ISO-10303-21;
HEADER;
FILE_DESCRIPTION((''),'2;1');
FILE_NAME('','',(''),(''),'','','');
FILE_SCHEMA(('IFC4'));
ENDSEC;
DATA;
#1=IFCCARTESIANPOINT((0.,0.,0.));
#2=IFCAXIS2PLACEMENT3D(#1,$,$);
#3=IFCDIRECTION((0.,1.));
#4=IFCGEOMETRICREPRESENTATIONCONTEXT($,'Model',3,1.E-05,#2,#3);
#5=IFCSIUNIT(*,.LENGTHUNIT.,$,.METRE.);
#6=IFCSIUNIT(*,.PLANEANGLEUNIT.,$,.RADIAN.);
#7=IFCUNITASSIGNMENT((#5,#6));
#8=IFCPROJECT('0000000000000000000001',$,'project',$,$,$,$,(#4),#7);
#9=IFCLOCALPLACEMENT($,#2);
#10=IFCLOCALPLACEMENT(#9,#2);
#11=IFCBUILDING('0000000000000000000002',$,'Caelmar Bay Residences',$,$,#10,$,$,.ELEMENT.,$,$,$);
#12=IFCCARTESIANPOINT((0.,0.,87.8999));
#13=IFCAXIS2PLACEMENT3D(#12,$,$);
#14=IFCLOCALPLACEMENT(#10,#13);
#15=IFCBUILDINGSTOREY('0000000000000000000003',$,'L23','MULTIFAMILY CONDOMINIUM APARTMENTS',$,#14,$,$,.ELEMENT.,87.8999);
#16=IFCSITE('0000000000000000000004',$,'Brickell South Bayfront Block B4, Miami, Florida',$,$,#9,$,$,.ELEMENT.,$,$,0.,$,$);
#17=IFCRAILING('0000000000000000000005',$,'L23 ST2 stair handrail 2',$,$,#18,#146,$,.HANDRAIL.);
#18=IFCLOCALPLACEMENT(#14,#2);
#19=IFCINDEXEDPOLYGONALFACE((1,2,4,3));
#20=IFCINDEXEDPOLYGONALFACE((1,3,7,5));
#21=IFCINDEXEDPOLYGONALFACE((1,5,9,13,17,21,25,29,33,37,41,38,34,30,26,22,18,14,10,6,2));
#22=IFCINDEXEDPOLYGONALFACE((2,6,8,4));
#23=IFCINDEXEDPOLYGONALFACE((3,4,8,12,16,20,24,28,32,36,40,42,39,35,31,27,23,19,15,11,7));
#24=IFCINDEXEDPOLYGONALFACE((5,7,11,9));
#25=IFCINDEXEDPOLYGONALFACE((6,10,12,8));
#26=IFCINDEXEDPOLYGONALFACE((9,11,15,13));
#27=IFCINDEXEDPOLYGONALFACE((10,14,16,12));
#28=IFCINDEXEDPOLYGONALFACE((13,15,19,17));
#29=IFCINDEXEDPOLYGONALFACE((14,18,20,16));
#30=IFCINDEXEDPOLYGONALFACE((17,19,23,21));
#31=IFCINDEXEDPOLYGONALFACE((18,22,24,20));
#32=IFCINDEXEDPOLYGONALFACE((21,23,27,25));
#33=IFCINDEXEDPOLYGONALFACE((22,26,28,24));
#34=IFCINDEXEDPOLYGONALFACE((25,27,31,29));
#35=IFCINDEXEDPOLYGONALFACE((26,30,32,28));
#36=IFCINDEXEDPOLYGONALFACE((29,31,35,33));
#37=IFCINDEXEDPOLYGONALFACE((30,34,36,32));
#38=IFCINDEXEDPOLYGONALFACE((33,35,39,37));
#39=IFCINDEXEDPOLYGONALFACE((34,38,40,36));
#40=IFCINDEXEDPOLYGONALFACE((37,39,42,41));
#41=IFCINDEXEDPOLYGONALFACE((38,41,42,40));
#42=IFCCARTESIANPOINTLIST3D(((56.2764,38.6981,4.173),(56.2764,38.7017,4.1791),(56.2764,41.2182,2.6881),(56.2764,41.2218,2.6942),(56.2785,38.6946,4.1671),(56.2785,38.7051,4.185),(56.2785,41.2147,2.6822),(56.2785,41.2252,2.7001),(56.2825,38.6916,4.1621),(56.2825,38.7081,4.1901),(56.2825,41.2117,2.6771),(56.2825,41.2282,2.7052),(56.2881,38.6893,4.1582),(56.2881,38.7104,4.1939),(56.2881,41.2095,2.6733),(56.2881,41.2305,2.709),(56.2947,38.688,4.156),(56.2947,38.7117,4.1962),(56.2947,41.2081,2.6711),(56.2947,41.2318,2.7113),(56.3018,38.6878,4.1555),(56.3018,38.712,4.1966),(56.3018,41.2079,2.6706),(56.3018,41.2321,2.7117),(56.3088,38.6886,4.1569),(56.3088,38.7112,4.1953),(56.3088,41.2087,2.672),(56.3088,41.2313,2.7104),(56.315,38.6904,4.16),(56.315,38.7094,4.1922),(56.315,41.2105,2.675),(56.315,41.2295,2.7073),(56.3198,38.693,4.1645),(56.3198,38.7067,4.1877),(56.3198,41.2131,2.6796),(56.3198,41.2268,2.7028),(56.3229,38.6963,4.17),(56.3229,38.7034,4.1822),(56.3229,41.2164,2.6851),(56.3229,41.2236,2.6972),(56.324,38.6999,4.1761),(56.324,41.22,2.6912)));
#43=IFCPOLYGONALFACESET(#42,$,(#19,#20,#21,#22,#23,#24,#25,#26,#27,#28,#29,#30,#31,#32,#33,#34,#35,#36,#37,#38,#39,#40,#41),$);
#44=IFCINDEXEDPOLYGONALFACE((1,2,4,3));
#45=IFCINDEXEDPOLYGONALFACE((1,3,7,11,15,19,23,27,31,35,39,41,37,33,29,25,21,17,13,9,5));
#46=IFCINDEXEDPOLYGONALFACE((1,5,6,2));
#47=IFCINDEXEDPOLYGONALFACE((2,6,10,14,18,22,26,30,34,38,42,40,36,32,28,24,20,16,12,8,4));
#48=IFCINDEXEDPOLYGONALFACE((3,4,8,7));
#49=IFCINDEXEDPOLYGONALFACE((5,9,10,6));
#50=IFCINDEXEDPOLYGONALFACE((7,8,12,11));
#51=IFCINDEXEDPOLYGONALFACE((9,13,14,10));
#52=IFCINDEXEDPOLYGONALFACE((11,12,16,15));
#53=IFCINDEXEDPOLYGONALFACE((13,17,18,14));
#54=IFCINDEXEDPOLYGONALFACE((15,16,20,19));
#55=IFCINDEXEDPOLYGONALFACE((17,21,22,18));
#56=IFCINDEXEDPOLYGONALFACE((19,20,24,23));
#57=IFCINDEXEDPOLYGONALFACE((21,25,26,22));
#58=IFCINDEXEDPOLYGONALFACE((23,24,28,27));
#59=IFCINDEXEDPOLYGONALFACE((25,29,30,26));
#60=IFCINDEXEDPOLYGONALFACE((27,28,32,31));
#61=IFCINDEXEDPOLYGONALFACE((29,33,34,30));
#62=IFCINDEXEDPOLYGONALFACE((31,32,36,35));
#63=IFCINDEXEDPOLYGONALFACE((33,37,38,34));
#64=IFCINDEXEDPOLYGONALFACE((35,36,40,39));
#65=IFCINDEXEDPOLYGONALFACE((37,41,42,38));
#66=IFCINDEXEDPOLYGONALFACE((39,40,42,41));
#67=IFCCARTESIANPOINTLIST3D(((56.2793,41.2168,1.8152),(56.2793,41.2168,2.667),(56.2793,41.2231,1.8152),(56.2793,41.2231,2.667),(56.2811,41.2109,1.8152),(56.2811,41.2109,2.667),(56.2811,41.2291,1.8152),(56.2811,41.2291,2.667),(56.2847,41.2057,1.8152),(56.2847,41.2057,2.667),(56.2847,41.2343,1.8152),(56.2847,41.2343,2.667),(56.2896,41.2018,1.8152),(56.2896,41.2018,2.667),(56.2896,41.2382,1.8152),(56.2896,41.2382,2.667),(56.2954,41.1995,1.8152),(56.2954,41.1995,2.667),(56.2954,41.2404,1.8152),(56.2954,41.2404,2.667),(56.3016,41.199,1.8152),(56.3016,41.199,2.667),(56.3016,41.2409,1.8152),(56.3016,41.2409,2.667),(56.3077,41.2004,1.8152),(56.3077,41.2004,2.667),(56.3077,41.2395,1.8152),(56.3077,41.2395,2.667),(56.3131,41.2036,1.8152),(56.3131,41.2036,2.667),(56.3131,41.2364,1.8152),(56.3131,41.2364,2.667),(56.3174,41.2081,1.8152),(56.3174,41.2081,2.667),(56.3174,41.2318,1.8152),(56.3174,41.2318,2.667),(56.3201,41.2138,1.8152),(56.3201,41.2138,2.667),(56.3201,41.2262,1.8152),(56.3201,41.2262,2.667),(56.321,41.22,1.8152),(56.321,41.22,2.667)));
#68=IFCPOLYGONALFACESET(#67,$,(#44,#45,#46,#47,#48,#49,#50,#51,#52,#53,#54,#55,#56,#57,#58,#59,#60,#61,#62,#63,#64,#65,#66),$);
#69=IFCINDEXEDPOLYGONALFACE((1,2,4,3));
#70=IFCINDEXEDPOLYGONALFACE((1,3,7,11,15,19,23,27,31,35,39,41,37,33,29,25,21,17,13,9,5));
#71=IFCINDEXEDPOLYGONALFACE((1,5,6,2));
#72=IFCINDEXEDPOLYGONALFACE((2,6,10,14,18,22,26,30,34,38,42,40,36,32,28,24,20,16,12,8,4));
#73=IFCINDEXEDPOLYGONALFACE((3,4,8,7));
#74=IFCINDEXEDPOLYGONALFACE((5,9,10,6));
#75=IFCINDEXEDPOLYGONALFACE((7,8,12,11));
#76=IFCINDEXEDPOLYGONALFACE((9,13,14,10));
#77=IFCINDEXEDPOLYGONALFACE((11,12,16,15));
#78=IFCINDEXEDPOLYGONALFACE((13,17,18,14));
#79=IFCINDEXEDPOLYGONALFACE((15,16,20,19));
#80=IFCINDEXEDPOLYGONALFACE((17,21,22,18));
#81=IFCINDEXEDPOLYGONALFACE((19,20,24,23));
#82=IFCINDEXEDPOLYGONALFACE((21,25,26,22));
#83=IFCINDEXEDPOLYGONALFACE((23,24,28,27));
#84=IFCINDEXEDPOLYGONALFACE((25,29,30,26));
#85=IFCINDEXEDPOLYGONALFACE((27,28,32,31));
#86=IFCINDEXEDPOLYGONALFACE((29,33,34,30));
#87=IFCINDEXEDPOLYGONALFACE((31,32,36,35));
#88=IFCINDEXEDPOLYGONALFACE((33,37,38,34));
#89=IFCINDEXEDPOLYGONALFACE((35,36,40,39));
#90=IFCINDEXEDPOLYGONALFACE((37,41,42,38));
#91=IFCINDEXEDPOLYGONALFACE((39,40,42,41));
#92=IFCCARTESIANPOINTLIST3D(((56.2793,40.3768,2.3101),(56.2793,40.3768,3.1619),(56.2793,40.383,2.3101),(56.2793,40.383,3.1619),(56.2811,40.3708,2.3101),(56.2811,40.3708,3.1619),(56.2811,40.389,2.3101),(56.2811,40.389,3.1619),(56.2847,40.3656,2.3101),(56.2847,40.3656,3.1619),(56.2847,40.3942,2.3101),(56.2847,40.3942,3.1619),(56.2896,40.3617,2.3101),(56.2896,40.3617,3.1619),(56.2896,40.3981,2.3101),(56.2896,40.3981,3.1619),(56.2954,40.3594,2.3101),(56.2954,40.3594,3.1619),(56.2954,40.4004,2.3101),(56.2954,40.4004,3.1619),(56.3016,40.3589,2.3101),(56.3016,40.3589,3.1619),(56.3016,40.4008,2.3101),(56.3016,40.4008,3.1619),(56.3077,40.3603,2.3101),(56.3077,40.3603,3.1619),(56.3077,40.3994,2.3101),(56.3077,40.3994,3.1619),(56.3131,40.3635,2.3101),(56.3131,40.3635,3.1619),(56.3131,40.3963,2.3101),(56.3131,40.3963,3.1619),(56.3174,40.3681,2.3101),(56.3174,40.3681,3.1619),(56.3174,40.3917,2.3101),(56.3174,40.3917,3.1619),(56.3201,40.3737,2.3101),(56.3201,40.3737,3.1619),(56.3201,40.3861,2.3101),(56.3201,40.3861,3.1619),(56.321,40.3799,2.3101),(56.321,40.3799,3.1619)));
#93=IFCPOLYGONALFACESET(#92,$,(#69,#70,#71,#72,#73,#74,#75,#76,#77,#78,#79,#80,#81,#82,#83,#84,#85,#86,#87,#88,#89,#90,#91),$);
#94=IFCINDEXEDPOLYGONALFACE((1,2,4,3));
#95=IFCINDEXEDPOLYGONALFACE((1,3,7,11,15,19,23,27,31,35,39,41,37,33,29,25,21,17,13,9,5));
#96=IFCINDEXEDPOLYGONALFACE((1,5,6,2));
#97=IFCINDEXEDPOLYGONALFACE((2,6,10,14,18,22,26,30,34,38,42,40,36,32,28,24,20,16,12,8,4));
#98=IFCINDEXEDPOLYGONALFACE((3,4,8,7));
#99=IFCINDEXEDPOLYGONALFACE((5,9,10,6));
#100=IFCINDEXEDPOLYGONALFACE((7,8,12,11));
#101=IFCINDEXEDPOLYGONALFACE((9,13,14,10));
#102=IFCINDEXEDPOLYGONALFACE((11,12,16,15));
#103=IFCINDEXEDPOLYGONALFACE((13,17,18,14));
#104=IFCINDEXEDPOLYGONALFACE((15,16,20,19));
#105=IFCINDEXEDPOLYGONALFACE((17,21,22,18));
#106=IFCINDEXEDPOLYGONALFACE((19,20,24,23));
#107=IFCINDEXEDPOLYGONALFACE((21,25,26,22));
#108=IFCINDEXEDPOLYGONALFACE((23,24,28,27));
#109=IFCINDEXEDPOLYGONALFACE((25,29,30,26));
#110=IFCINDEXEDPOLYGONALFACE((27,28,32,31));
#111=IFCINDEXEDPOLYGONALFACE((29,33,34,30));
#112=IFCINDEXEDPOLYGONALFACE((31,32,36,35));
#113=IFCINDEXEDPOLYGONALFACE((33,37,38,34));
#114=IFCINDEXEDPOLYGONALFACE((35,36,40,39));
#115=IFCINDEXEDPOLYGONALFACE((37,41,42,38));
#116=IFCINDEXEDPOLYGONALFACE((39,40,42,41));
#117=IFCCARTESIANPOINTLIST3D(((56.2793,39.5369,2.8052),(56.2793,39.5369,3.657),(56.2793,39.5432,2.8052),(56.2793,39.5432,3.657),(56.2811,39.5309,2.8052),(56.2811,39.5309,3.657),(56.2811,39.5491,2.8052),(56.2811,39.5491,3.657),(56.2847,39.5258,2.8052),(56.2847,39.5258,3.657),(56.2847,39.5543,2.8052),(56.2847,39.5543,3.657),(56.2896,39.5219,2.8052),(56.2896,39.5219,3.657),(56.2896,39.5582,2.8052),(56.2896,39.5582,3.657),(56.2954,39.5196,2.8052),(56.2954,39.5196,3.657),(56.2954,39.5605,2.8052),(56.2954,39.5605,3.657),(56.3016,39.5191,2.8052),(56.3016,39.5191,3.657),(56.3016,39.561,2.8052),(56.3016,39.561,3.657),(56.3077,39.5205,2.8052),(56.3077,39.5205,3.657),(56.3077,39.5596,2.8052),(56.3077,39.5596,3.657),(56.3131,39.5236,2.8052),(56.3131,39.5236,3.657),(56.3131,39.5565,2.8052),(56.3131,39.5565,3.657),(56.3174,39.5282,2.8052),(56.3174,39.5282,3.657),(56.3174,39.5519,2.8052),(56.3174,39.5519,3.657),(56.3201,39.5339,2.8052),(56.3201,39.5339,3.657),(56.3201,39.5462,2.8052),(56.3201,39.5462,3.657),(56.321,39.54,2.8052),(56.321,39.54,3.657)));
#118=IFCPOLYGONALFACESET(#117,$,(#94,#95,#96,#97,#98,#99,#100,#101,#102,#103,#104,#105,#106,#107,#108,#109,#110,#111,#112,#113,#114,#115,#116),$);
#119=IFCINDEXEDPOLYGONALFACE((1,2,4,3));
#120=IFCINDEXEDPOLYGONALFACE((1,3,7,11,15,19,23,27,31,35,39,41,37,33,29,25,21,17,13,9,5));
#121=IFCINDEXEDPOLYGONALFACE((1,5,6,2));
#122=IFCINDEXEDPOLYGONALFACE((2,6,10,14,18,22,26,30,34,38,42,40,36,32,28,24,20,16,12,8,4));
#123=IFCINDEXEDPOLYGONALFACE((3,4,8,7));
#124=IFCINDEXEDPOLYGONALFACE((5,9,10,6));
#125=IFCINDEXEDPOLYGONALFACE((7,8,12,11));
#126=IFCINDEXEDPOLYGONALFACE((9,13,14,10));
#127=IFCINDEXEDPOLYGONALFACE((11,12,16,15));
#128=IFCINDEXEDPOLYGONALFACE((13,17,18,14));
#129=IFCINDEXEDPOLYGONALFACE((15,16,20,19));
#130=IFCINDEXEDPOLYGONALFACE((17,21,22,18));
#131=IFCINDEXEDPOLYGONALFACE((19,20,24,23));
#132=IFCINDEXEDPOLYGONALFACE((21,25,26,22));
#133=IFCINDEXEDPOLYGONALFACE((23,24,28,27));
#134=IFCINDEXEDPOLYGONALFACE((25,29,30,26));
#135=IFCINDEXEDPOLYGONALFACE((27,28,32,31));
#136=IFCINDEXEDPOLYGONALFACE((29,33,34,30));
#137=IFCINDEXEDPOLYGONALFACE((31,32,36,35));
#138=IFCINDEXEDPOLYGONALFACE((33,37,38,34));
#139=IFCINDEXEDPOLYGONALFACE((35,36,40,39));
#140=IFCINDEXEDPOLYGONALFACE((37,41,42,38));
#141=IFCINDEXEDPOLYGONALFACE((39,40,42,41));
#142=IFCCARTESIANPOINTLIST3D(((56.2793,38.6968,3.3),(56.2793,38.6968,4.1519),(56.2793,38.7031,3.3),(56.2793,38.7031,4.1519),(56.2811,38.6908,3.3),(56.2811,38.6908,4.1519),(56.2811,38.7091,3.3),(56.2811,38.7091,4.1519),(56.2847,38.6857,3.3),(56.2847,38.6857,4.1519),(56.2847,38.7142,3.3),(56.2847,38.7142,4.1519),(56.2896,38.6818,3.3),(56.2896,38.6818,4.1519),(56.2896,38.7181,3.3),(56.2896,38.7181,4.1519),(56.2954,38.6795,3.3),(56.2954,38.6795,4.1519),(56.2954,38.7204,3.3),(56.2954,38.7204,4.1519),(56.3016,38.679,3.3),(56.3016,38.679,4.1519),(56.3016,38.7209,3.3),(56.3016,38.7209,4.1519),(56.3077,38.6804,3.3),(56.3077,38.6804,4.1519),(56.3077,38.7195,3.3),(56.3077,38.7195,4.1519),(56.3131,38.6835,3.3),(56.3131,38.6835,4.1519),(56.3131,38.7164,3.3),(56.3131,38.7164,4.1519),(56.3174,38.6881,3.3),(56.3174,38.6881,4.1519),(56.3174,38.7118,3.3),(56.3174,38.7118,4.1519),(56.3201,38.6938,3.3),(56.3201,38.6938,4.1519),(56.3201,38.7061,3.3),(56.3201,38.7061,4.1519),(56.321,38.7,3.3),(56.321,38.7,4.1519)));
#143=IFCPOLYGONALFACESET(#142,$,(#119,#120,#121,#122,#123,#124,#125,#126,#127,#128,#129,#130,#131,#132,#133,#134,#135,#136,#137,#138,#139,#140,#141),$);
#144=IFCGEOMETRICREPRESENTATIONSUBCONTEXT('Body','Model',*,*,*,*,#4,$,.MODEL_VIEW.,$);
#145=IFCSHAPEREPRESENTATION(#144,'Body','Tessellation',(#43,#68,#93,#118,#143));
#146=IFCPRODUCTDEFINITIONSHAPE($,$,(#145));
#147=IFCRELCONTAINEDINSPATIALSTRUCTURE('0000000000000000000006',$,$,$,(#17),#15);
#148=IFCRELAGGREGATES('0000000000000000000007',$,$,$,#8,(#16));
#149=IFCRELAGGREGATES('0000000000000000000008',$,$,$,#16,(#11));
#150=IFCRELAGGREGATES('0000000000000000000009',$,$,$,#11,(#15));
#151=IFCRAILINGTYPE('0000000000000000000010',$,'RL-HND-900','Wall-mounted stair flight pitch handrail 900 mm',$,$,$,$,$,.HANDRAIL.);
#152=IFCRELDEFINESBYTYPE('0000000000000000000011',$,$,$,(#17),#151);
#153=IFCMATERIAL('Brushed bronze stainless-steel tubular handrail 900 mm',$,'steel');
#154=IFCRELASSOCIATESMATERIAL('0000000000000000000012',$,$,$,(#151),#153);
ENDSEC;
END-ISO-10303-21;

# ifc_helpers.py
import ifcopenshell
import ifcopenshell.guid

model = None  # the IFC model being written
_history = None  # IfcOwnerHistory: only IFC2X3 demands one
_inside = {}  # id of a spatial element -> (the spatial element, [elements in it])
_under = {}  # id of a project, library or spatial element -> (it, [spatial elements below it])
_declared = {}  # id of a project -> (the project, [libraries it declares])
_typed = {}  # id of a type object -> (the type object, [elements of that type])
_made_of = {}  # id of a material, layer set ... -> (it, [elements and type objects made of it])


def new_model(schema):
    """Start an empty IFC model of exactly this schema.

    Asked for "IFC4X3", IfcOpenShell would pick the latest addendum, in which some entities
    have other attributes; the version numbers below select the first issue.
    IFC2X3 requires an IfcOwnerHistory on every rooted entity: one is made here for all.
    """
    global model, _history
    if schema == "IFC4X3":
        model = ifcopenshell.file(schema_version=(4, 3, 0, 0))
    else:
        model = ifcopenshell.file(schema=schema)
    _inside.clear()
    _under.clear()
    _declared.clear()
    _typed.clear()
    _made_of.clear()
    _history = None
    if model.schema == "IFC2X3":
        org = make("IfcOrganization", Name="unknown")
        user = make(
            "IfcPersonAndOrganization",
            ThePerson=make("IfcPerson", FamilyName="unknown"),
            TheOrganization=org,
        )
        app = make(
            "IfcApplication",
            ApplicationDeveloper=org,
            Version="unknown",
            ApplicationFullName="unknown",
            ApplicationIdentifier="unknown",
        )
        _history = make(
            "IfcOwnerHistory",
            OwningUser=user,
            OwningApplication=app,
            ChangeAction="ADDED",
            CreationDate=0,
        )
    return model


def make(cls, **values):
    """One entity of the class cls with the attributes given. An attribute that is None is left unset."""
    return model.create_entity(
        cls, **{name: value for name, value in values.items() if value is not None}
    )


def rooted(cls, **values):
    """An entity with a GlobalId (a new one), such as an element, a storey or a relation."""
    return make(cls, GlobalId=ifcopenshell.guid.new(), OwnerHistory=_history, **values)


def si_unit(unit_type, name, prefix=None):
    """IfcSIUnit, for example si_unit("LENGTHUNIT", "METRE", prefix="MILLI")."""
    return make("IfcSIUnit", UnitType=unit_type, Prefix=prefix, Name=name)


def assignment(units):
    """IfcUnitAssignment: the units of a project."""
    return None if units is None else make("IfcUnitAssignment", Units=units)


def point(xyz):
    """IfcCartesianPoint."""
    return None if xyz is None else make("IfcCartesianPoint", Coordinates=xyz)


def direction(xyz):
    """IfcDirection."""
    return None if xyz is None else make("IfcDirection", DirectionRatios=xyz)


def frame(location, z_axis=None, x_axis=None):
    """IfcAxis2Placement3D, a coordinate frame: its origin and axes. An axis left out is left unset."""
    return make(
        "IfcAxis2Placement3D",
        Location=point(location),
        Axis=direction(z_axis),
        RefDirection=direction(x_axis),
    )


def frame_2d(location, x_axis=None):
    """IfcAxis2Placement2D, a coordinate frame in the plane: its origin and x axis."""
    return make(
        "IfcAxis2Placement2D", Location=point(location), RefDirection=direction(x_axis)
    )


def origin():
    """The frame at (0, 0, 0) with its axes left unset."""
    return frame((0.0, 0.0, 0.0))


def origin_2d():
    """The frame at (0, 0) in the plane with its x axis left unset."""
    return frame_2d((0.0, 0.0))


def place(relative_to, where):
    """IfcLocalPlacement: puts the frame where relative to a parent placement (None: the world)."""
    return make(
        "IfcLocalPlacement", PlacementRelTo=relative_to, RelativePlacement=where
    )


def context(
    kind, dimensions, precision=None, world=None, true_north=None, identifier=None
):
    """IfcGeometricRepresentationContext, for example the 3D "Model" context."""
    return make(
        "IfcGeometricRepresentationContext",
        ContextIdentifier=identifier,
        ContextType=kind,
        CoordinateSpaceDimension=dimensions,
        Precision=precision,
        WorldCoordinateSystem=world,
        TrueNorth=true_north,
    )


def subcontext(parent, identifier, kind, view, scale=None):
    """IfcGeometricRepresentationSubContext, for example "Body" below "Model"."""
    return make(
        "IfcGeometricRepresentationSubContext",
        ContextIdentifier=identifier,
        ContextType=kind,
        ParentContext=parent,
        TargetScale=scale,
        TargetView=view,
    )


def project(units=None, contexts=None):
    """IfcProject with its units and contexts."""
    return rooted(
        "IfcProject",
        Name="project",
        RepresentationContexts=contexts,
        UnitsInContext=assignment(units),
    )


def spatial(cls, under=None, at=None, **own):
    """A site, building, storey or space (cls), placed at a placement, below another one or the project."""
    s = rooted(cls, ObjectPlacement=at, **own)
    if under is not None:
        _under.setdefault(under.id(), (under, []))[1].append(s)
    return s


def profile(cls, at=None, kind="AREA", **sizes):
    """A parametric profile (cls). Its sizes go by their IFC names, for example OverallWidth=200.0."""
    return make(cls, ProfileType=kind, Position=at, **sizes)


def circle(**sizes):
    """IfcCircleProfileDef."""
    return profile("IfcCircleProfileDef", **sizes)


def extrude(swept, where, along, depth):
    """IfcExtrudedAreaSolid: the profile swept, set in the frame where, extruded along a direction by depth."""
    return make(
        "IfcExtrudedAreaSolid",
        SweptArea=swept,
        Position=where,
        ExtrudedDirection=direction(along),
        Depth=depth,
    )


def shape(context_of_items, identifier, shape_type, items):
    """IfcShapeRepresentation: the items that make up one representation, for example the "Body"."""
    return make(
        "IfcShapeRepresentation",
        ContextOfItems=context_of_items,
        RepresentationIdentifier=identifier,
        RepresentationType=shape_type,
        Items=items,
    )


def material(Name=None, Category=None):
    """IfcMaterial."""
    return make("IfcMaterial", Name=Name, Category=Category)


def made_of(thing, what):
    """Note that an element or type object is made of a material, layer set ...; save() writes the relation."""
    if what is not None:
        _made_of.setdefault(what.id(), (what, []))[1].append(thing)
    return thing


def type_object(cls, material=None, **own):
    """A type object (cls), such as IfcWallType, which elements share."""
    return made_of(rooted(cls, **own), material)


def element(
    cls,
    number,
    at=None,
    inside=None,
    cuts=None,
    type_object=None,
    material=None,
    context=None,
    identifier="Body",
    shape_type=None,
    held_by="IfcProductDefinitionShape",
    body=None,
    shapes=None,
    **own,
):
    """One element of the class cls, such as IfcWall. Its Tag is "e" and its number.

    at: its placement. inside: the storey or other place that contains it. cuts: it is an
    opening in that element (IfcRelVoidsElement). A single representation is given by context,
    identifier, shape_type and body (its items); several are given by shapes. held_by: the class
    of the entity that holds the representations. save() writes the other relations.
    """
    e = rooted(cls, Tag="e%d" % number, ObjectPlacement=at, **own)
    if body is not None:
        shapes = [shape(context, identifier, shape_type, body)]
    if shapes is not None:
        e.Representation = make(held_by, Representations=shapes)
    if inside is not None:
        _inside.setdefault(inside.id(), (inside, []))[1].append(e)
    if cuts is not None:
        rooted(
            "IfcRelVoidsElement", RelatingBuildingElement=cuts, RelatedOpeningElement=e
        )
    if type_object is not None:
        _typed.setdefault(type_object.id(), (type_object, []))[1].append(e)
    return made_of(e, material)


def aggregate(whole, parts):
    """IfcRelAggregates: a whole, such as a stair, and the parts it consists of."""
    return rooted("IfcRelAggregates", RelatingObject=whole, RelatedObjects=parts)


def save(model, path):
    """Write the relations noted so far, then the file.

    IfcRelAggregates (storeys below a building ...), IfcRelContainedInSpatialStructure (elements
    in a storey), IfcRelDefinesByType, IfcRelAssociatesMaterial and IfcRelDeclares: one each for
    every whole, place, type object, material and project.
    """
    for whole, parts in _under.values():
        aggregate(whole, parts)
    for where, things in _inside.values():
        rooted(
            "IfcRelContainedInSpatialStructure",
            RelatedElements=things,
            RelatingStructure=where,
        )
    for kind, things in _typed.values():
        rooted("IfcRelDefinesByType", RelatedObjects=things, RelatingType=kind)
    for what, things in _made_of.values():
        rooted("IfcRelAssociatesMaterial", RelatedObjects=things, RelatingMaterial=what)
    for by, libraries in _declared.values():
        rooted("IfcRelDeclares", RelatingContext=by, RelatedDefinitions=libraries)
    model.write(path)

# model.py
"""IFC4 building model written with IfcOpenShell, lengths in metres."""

from ifc_helpers import new_model, si_unit, direction, frame, origin, origin_2d, place, context, subcontext, project, spatial, circle, extrude, material, type_object, element, save


model = new_model("IFC4")

# Units and contexts
model_context = context("Model", 3, precision=1e-05, world=origin(), true_north=direction((0.0, 1.0)))
body_context = subcontext(model_context, "Body", "Model", "MODEL_VIEW")
ifc_project = project(units=[si_unit("LENGTHUNIT", "METRE"), si_unit("PLANEANGLEUNIT", "RADIAN")], contexts=[model_context])

# Site, building, storey
site_placement = place(None, origin())
site = spatial("IfcSite", under=ifc_project, at=site_placement, Name="Brickell South Bayfront Block B4, Miami, Florida", CompositionType="ELEMENT", RefElevation=0.0)
building_placement = place(site_placement, origin())
building = spatial("IfcBuilding", under=site, at=building_placement, Name="Caelmar Bay Residences", CompositionType="ELEMENT")
storey_placement = place(building_placement, frame((0.0, 0.0, 87.8999)))
storey = spatial("IfcBuildingStorey", under=building, at=storey_placement, Name="L23", Description="MULTIFAMILY CONDOMINIUM APARTMENTS", CompositionType="ELEMENT", Elevation=87.8999)

# Railing
ifc_material_1 = material(Name="Brushed bronze stainless-steel tubular handrail 900 mm", Category="steel")
railing_type_1 = type_object("IfcRailingType", Name="RL-HND-900", Description="Wall-mounted stair flight pitch handrail 900 mm", PredefinedType="HANDRAIL", material=ifc_material_1)
railing_1_placement = place(storey_placement, frame((56.3, 41.22, 1.8152)))
element("IfcRailing", 1, at=railing_1_placement, inside=storey, type_object=railing_type_1, Name="L23 ST2 stair handrail 2", PredefinedType="HANDRAIL", context=body_context, shape_type="SweptSolid", body=[
    extrude(circle(Radius=0.0239, at=origin_2d()), frame((0.0, 0.0, 0.876), z_axis=(0.0, -0.861561, 0.507655), x_axis=(1.0, 0.0, 0.0)), (0.0, 0.0, 1.0), 2.925),
    extrude(circle(Radius=0.021, at=origin_2d()), origin(), (0.0, 0.0, 1.0), 0.8518),
    extrude(circle(Radius=0.021, at=origin_2d()), frame((0.0, -0.8401, 0.4949)), (0.0, 0.0, 1.0), 0.8518),
    extrude(circle(Radius=0.021, at=origin_2d()), frame((0.0, -1.6799, 0.99)), (0.0, 0.0, 1.0), 0.8518),
    extrude(circle(Radius=0.021, at=origin_2d()), frame((0.0, -2.52, 1.4849)), (0.0, 0.0, 1.0), 0.8518),
])

save(model, "model.ifc")
